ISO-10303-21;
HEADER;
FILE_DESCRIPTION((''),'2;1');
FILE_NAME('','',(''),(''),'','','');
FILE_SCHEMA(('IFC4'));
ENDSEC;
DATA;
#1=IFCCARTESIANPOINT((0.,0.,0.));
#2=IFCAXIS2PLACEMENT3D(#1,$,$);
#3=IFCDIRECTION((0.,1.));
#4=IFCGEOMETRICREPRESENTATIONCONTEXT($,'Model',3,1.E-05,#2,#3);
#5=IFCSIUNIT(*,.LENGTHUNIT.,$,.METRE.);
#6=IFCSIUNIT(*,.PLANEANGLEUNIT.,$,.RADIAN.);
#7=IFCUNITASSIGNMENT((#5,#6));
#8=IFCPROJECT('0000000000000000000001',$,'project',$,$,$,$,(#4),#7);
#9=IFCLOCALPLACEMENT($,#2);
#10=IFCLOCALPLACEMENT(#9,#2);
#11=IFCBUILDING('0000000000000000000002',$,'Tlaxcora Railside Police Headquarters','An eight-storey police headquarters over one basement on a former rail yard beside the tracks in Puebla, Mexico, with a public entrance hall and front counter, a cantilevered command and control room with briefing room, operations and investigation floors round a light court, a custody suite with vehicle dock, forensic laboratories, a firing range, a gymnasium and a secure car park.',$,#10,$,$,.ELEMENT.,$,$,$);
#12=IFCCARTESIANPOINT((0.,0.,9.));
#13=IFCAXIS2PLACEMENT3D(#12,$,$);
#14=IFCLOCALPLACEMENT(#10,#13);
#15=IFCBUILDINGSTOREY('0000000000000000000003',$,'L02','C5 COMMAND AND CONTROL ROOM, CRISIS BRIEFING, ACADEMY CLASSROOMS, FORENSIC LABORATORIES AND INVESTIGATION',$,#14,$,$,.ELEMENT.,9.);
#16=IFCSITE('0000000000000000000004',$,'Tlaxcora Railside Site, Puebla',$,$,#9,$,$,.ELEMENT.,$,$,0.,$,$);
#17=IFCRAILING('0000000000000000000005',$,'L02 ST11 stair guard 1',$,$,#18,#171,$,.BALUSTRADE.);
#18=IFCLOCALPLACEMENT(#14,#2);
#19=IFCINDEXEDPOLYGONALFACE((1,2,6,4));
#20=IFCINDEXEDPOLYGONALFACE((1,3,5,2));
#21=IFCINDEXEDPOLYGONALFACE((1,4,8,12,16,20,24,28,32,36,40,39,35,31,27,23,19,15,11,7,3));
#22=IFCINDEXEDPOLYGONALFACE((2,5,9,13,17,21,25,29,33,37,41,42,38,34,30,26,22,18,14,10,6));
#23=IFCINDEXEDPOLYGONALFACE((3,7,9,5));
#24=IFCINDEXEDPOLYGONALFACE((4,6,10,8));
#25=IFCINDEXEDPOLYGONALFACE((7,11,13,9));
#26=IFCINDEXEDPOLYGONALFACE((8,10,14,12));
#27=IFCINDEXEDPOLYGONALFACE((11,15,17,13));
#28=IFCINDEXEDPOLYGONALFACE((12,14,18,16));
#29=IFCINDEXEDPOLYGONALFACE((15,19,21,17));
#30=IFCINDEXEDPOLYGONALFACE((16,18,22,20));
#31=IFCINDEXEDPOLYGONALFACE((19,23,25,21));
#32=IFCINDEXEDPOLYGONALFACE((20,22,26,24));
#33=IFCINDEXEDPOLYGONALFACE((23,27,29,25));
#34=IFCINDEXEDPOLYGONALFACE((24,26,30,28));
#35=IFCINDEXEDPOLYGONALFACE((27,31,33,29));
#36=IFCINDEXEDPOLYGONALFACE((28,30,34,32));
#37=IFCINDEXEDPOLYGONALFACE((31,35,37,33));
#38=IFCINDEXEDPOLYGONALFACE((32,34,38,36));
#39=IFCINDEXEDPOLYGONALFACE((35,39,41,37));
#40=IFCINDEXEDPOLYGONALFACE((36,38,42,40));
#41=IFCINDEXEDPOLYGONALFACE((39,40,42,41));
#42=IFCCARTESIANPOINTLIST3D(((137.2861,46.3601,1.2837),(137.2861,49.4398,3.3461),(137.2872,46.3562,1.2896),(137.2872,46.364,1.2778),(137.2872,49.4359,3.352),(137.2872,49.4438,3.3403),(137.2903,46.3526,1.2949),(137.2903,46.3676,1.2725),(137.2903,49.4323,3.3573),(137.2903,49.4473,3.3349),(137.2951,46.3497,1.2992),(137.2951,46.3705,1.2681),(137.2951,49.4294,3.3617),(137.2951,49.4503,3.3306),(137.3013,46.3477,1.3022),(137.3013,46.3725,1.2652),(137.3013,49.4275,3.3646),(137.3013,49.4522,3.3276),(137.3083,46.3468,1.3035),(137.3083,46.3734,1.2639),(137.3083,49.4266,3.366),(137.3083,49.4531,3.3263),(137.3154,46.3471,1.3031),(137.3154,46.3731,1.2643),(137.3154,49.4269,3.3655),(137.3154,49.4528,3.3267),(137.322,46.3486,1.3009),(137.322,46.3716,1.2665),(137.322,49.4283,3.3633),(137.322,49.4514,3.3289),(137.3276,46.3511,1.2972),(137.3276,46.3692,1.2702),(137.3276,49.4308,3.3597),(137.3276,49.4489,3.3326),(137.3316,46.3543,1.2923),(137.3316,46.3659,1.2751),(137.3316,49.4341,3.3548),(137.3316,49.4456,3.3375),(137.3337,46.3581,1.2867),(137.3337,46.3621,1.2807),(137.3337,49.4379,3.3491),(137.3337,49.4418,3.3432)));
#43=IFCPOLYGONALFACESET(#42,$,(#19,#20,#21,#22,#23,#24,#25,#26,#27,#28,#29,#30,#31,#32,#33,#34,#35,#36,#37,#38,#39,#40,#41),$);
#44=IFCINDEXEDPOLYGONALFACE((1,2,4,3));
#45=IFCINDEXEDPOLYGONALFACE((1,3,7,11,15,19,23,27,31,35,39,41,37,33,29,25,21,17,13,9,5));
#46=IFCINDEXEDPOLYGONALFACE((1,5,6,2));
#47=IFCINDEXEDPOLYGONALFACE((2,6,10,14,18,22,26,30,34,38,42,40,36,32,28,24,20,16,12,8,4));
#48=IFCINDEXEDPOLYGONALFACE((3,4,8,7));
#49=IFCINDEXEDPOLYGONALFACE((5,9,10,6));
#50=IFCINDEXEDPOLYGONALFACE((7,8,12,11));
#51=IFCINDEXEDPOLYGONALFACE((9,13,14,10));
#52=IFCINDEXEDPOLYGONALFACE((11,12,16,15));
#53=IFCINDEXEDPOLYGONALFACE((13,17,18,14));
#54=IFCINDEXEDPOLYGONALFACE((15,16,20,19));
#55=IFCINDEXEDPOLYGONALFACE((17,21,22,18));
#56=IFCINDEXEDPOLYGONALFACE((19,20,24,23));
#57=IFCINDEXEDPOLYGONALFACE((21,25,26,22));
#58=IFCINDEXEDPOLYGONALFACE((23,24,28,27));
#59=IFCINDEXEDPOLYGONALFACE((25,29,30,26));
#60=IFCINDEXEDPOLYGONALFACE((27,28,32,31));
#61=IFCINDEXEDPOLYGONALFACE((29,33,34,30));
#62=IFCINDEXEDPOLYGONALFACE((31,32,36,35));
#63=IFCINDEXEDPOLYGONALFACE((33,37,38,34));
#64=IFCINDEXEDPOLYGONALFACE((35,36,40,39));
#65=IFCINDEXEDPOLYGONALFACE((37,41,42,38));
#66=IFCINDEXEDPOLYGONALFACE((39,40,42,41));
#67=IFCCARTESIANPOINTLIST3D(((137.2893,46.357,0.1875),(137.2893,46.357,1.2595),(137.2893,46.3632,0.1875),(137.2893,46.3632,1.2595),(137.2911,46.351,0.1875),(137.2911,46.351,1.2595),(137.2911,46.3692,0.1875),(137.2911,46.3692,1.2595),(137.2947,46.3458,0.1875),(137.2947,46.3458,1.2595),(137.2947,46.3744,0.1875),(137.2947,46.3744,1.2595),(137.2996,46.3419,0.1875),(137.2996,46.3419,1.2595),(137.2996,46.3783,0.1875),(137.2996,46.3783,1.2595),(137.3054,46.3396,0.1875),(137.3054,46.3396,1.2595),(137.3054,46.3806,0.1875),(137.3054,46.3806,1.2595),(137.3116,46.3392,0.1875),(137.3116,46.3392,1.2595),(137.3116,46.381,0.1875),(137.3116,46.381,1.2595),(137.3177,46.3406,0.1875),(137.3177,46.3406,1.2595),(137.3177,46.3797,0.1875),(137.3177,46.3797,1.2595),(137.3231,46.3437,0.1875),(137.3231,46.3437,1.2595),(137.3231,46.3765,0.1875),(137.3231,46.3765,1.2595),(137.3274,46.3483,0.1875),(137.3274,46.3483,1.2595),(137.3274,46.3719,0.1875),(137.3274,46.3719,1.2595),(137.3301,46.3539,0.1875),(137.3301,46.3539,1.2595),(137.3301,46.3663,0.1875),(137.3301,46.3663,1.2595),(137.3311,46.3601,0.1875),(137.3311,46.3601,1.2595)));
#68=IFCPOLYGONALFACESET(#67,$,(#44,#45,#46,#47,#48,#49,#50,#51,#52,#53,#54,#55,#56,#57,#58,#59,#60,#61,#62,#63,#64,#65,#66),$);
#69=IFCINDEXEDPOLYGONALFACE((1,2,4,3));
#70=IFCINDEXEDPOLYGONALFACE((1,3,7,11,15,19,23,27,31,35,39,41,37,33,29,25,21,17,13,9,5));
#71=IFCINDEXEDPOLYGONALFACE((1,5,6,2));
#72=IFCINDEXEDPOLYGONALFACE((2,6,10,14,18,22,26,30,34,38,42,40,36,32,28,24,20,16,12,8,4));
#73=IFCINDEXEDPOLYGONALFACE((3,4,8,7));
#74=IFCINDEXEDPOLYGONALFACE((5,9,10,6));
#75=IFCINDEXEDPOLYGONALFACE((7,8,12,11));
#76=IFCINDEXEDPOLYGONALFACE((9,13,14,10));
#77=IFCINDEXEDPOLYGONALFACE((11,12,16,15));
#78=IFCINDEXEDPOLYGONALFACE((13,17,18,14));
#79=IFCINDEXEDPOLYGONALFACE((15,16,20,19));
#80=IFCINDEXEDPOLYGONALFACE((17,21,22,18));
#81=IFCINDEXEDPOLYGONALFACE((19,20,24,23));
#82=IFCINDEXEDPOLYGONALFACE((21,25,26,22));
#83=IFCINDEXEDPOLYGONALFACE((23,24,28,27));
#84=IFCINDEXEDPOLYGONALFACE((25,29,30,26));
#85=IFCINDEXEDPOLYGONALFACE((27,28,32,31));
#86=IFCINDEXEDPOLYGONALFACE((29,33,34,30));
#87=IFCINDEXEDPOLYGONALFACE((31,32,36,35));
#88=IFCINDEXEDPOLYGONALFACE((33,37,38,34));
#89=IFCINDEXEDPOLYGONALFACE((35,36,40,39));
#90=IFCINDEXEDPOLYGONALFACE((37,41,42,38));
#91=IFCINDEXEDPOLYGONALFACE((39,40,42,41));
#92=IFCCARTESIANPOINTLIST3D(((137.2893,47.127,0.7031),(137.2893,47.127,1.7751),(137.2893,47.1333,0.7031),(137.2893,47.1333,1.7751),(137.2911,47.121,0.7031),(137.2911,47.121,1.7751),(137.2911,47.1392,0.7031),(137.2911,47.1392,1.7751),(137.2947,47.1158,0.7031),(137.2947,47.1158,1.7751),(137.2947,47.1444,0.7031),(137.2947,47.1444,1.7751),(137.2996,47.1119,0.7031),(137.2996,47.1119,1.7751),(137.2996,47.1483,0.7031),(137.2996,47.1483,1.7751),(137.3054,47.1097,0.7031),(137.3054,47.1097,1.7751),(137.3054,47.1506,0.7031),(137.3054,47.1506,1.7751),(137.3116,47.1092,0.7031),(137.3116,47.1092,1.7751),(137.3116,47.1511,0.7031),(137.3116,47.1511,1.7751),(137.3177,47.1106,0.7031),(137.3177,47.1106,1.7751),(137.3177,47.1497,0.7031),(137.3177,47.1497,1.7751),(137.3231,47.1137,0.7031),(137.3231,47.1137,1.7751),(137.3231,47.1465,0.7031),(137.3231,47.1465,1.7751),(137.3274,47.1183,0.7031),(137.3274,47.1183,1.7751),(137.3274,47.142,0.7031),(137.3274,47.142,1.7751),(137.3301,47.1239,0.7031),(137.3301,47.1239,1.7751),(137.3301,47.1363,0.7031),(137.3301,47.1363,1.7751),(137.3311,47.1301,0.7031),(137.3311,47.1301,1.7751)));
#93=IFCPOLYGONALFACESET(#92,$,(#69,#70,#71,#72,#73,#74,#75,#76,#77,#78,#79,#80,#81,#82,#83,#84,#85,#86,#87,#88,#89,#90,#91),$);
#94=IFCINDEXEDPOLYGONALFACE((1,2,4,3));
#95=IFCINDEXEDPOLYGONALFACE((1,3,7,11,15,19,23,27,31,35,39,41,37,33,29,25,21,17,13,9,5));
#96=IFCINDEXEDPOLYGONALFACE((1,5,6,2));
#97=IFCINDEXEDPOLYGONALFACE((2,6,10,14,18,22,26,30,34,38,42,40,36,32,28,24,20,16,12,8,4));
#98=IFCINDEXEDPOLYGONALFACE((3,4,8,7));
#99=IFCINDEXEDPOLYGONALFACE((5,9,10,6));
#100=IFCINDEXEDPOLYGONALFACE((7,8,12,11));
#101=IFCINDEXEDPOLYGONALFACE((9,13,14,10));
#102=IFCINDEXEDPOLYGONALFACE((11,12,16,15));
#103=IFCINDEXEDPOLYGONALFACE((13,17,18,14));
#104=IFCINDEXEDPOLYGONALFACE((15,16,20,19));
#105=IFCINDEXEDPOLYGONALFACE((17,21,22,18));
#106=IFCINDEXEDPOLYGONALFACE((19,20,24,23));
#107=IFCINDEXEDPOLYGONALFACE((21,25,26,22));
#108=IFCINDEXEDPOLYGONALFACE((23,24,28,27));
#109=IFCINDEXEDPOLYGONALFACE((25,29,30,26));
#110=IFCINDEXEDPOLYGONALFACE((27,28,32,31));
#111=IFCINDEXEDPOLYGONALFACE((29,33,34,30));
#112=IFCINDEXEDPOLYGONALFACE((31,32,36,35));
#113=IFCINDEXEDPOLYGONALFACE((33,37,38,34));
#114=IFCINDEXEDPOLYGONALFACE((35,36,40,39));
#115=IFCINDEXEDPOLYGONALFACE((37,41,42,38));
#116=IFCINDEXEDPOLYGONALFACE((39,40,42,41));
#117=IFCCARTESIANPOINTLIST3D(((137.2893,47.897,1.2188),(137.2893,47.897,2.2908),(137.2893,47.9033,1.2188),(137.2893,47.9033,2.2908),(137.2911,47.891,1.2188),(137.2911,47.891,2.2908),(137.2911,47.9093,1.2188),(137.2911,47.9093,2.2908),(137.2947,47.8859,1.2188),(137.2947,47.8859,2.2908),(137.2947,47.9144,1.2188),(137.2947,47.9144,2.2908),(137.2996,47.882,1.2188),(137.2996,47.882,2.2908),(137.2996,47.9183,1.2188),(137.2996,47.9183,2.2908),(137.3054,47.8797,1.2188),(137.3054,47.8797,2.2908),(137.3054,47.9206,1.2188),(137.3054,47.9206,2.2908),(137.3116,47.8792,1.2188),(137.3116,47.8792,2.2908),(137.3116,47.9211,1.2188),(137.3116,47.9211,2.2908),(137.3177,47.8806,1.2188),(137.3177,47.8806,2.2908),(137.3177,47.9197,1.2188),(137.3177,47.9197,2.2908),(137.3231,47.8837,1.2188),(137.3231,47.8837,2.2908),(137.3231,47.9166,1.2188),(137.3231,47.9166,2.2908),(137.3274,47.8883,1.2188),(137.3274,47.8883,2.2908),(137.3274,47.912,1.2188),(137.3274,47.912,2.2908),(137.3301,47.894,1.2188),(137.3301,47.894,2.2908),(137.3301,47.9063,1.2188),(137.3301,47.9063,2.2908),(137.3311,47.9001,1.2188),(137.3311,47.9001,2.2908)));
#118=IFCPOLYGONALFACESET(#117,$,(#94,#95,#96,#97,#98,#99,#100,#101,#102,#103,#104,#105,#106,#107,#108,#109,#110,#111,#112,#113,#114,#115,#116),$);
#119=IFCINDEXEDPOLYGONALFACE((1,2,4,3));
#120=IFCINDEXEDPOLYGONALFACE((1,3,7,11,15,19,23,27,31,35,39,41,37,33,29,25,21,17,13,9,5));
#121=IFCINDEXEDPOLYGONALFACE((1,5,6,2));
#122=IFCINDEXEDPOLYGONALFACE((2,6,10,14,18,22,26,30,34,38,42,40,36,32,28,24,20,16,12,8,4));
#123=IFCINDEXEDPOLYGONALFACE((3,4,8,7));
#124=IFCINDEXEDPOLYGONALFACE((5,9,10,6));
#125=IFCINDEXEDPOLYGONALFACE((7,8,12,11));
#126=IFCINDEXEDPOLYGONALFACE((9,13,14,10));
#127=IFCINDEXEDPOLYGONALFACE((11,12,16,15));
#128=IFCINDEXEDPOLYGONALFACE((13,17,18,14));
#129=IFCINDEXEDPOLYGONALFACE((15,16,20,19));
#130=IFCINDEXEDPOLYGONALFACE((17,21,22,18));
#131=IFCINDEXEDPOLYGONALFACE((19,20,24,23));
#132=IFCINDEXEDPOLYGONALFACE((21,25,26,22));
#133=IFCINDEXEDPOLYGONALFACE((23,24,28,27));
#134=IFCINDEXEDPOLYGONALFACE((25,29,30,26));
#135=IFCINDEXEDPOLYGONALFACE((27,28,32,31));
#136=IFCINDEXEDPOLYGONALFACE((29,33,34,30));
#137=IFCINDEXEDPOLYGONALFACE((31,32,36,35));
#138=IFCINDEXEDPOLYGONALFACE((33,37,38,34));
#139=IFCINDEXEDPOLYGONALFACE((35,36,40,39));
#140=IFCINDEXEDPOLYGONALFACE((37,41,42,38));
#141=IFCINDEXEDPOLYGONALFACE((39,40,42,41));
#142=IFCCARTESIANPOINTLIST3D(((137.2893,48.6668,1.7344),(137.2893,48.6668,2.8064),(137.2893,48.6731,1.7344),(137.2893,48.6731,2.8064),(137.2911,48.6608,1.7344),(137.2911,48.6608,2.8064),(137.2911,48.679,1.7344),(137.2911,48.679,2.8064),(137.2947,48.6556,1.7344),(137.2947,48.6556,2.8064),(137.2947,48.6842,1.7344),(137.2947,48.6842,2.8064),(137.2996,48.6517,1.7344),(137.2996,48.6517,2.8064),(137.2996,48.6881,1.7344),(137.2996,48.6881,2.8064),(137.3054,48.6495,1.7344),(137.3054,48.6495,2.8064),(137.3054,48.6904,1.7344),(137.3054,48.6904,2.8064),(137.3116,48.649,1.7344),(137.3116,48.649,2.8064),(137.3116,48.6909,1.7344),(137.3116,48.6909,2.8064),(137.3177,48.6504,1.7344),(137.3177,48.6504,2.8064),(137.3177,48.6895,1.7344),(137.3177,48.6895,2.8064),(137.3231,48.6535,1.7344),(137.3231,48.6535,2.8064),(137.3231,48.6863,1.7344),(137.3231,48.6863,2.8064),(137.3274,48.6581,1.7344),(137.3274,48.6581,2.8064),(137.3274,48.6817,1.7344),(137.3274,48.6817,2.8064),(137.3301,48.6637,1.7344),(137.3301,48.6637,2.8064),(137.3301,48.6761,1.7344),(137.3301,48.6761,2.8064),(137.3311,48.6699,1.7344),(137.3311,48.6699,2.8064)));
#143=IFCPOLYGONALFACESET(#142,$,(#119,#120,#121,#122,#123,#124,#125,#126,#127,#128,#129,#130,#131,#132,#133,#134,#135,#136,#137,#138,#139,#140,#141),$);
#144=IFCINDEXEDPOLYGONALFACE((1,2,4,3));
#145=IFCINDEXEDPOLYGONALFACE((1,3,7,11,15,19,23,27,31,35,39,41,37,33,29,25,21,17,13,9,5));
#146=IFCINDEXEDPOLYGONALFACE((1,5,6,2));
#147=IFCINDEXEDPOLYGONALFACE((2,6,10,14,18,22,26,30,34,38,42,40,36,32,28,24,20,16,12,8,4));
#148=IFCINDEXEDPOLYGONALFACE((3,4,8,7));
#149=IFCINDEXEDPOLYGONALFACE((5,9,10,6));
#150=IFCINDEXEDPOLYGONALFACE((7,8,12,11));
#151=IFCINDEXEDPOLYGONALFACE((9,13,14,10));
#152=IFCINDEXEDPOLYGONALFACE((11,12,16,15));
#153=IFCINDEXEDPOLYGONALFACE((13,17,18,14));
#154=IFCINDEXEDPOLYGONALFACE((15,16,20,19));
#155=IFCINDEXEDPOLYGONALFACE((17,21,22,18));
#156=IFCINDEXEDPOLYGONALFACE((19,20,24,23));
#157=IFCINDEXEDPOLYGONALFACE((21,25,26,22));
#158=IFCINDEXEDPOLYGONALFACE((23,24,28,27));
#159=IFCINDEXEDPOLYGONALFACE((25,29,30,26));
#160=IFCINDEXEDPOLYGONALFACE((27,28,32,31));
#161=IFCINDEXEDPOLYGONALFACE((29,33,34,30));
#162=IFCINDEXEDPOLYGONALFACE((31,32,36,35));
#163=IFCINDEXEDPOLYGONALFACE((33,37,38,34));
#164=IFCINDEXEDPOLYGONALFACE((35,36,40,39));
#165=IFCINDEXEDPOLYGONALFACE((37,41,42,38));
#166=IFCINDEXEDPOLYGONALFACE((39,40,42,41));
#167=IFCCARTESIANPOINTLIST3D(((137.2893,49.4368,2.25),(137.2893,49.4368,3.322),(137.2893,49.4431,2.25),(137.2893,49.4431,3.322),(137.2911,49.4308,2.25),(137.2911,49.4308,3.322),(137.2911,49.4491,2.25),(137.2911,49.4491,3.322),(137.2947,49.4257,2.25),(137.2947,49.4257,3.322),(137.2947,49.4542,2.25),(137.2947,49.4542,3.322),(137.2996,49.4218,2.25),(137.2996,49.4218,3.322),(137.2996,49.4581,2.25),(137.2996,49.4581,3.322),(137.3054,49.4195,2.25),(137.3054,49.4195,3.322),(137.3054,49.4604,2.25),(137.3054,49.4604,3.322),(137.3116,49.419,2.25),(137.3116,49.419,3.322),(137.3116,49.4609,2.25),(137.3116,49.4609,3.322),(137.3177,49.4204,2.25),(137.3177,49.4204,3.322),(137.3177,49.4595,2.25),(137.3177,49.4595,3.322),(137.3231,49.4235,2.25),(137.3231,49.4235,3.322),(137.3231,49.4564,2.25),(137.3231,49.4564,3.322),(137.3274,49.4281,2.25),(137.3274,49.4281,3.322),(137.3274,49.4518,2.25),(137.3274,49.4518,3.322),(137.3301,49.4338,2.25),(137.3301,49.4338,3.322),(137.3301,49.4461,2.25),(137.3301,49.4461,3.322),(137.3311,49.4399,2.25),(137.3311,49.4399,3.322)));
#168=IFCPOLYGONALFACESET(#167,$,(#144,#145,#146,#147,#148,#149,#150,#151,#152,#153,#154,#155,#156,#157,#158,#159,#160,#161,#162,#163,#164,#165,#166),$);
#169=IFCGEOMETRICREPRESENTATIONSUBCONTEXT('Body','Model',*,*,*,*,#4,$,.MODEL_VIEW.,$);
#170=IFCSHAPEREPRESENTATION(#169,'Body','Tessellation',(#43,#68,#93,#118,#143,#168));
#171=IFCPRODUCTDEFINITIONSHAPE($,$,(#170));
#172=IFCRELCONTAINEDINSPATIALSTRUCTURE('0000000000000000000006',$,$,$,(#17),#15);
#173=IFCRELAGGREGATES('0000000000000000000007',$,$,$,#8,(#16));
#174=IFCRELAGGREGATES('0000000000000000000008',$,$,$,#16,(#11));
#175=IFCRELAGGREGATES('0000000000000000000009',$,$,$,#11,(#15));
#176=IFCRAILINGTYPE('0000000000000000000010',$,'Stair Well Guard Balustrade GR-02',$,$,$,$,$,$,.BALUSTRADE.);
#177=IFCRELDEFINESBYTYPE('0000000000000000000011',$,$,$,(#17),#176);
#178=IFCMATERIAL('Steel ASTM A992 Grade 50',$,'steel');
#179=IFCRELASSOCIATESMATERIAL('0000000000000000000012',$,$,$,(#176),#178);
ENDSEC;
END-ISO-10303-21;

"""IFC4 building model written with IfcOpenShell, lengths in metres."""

from ifc_helpers import new_model, si_unit, direction, frame, origin, origin_2d, place, context, subcontext, project, spatial, circle, extrude, material, type_object, element, save


model = new_model("IFC4")

# Units and contexts
model_context = context("Model", 3, precision=1e-05, world=origin(), true_north=direction((0.0, 1.0)))
body_context = subcontext(model_context, "Body", "Model", "MODEL_VIEW")
ifc_project = project(units=[si_unit("LENGTHUNIT", "METRE"), si_unit("PLANEANGLEUNIT", "RADIAN")], contexts=[model_context])

# Site, building, storey
site_placement = place(None, origin())
site = spatial("IfcSite", under=ifc_project, at=site_placement, Name="Tlaxcora Railside Site, Puebla", CompositionType="ELEMENT", RefElevation=0.0)
building_placement = place(site_placement, origin())
building = spatial("IfcBuilding", under=site, at=building_placement, Name="Tlaxcora Railside Police Headquarters", Description="An eight-storey police headquarters over one basement on a former rail yard beside the tracks in Puebla, Mexico, with a public entrance hall and front counter, a cantilevered command and control room with briefing room, operations and investigation floors round a light court, a custody suite with vehicle dock, forensic laboratories, a firing range, a gymnasium and a secure car park.", CompositionType="ELEMENT")
storey_placement = place(building_placement, frame((0.0, 0.0, 9.0)))
storey = spatial("IfcBuildingStorey", under=building, at=storey_placement, Name="L02", Description="C5 COMMAND AND CONTROL ROOM, CRISIS BRIEFING, ACADEMY CLASSROOMS, FORENSIC LABORATORIES AND INVESTIGATION", CompositionType="ELEMENT", Elevation=9.0)

# Railing
ifc_material_1 = material(Name="Steel ASTM A992 Grade 50", Category="steel")
railing_type_1 = type_object("IfcRailingType", Name="Stair Well Guard Balustrade GR-02", PredefinedType="BALUSTRADE", material=ifc_material_1)
railing_1_placement = place(storey_placement, frame((137.3101, 46.3601, 0.1875)))
element("IfcRailing", 1, at=railing_1_placement, inside=storey, type_object=railing_type_1, Name="L02 ST11 stair guard 1", PredefinedType="BALUSTRADE", context=body_context, shape_type="SweptSolid", body=[
    extrude(circle(Radius=0.0239, at=origin_2d()), frame((0.0, 0.0, 1.0962), z_axis=(0.0, 0.830893, 0.556432), x_axis=(-1.0, 0.0, 0.0)), (0.0, 0.0, 1.0), 3.7065),
    extrude(circle(Radius=0.021, at=origin_2d()), origin(), (0.0, 0.0, 1.0), 1.072),
    extrude(circle(Radius=0.021, at=origin_2d()), frame((0.0, 0.77, 0.5156)), (0.0, 0.0, 1.0), 1.072),
    extrude(circle(Radius=0.021, at=origin_2d()), frame((0.0, 1.54, 1.0312)), (0.0, 0.0, 1.0), 1.072),
    extrude(circle(Radius=0.021, at=origin_2d()), frame((0.0, 2.3098, 1.5469)), (0.0, 0.0, 1.0), 1.072),
    extrude(circle(Radius=0.021, at=origin_2d()), frame((0.0, 3.0798, 2.0625)), (0.0, 0.0, 1.0), 1.072),
])

save(model, "model.ifc")
